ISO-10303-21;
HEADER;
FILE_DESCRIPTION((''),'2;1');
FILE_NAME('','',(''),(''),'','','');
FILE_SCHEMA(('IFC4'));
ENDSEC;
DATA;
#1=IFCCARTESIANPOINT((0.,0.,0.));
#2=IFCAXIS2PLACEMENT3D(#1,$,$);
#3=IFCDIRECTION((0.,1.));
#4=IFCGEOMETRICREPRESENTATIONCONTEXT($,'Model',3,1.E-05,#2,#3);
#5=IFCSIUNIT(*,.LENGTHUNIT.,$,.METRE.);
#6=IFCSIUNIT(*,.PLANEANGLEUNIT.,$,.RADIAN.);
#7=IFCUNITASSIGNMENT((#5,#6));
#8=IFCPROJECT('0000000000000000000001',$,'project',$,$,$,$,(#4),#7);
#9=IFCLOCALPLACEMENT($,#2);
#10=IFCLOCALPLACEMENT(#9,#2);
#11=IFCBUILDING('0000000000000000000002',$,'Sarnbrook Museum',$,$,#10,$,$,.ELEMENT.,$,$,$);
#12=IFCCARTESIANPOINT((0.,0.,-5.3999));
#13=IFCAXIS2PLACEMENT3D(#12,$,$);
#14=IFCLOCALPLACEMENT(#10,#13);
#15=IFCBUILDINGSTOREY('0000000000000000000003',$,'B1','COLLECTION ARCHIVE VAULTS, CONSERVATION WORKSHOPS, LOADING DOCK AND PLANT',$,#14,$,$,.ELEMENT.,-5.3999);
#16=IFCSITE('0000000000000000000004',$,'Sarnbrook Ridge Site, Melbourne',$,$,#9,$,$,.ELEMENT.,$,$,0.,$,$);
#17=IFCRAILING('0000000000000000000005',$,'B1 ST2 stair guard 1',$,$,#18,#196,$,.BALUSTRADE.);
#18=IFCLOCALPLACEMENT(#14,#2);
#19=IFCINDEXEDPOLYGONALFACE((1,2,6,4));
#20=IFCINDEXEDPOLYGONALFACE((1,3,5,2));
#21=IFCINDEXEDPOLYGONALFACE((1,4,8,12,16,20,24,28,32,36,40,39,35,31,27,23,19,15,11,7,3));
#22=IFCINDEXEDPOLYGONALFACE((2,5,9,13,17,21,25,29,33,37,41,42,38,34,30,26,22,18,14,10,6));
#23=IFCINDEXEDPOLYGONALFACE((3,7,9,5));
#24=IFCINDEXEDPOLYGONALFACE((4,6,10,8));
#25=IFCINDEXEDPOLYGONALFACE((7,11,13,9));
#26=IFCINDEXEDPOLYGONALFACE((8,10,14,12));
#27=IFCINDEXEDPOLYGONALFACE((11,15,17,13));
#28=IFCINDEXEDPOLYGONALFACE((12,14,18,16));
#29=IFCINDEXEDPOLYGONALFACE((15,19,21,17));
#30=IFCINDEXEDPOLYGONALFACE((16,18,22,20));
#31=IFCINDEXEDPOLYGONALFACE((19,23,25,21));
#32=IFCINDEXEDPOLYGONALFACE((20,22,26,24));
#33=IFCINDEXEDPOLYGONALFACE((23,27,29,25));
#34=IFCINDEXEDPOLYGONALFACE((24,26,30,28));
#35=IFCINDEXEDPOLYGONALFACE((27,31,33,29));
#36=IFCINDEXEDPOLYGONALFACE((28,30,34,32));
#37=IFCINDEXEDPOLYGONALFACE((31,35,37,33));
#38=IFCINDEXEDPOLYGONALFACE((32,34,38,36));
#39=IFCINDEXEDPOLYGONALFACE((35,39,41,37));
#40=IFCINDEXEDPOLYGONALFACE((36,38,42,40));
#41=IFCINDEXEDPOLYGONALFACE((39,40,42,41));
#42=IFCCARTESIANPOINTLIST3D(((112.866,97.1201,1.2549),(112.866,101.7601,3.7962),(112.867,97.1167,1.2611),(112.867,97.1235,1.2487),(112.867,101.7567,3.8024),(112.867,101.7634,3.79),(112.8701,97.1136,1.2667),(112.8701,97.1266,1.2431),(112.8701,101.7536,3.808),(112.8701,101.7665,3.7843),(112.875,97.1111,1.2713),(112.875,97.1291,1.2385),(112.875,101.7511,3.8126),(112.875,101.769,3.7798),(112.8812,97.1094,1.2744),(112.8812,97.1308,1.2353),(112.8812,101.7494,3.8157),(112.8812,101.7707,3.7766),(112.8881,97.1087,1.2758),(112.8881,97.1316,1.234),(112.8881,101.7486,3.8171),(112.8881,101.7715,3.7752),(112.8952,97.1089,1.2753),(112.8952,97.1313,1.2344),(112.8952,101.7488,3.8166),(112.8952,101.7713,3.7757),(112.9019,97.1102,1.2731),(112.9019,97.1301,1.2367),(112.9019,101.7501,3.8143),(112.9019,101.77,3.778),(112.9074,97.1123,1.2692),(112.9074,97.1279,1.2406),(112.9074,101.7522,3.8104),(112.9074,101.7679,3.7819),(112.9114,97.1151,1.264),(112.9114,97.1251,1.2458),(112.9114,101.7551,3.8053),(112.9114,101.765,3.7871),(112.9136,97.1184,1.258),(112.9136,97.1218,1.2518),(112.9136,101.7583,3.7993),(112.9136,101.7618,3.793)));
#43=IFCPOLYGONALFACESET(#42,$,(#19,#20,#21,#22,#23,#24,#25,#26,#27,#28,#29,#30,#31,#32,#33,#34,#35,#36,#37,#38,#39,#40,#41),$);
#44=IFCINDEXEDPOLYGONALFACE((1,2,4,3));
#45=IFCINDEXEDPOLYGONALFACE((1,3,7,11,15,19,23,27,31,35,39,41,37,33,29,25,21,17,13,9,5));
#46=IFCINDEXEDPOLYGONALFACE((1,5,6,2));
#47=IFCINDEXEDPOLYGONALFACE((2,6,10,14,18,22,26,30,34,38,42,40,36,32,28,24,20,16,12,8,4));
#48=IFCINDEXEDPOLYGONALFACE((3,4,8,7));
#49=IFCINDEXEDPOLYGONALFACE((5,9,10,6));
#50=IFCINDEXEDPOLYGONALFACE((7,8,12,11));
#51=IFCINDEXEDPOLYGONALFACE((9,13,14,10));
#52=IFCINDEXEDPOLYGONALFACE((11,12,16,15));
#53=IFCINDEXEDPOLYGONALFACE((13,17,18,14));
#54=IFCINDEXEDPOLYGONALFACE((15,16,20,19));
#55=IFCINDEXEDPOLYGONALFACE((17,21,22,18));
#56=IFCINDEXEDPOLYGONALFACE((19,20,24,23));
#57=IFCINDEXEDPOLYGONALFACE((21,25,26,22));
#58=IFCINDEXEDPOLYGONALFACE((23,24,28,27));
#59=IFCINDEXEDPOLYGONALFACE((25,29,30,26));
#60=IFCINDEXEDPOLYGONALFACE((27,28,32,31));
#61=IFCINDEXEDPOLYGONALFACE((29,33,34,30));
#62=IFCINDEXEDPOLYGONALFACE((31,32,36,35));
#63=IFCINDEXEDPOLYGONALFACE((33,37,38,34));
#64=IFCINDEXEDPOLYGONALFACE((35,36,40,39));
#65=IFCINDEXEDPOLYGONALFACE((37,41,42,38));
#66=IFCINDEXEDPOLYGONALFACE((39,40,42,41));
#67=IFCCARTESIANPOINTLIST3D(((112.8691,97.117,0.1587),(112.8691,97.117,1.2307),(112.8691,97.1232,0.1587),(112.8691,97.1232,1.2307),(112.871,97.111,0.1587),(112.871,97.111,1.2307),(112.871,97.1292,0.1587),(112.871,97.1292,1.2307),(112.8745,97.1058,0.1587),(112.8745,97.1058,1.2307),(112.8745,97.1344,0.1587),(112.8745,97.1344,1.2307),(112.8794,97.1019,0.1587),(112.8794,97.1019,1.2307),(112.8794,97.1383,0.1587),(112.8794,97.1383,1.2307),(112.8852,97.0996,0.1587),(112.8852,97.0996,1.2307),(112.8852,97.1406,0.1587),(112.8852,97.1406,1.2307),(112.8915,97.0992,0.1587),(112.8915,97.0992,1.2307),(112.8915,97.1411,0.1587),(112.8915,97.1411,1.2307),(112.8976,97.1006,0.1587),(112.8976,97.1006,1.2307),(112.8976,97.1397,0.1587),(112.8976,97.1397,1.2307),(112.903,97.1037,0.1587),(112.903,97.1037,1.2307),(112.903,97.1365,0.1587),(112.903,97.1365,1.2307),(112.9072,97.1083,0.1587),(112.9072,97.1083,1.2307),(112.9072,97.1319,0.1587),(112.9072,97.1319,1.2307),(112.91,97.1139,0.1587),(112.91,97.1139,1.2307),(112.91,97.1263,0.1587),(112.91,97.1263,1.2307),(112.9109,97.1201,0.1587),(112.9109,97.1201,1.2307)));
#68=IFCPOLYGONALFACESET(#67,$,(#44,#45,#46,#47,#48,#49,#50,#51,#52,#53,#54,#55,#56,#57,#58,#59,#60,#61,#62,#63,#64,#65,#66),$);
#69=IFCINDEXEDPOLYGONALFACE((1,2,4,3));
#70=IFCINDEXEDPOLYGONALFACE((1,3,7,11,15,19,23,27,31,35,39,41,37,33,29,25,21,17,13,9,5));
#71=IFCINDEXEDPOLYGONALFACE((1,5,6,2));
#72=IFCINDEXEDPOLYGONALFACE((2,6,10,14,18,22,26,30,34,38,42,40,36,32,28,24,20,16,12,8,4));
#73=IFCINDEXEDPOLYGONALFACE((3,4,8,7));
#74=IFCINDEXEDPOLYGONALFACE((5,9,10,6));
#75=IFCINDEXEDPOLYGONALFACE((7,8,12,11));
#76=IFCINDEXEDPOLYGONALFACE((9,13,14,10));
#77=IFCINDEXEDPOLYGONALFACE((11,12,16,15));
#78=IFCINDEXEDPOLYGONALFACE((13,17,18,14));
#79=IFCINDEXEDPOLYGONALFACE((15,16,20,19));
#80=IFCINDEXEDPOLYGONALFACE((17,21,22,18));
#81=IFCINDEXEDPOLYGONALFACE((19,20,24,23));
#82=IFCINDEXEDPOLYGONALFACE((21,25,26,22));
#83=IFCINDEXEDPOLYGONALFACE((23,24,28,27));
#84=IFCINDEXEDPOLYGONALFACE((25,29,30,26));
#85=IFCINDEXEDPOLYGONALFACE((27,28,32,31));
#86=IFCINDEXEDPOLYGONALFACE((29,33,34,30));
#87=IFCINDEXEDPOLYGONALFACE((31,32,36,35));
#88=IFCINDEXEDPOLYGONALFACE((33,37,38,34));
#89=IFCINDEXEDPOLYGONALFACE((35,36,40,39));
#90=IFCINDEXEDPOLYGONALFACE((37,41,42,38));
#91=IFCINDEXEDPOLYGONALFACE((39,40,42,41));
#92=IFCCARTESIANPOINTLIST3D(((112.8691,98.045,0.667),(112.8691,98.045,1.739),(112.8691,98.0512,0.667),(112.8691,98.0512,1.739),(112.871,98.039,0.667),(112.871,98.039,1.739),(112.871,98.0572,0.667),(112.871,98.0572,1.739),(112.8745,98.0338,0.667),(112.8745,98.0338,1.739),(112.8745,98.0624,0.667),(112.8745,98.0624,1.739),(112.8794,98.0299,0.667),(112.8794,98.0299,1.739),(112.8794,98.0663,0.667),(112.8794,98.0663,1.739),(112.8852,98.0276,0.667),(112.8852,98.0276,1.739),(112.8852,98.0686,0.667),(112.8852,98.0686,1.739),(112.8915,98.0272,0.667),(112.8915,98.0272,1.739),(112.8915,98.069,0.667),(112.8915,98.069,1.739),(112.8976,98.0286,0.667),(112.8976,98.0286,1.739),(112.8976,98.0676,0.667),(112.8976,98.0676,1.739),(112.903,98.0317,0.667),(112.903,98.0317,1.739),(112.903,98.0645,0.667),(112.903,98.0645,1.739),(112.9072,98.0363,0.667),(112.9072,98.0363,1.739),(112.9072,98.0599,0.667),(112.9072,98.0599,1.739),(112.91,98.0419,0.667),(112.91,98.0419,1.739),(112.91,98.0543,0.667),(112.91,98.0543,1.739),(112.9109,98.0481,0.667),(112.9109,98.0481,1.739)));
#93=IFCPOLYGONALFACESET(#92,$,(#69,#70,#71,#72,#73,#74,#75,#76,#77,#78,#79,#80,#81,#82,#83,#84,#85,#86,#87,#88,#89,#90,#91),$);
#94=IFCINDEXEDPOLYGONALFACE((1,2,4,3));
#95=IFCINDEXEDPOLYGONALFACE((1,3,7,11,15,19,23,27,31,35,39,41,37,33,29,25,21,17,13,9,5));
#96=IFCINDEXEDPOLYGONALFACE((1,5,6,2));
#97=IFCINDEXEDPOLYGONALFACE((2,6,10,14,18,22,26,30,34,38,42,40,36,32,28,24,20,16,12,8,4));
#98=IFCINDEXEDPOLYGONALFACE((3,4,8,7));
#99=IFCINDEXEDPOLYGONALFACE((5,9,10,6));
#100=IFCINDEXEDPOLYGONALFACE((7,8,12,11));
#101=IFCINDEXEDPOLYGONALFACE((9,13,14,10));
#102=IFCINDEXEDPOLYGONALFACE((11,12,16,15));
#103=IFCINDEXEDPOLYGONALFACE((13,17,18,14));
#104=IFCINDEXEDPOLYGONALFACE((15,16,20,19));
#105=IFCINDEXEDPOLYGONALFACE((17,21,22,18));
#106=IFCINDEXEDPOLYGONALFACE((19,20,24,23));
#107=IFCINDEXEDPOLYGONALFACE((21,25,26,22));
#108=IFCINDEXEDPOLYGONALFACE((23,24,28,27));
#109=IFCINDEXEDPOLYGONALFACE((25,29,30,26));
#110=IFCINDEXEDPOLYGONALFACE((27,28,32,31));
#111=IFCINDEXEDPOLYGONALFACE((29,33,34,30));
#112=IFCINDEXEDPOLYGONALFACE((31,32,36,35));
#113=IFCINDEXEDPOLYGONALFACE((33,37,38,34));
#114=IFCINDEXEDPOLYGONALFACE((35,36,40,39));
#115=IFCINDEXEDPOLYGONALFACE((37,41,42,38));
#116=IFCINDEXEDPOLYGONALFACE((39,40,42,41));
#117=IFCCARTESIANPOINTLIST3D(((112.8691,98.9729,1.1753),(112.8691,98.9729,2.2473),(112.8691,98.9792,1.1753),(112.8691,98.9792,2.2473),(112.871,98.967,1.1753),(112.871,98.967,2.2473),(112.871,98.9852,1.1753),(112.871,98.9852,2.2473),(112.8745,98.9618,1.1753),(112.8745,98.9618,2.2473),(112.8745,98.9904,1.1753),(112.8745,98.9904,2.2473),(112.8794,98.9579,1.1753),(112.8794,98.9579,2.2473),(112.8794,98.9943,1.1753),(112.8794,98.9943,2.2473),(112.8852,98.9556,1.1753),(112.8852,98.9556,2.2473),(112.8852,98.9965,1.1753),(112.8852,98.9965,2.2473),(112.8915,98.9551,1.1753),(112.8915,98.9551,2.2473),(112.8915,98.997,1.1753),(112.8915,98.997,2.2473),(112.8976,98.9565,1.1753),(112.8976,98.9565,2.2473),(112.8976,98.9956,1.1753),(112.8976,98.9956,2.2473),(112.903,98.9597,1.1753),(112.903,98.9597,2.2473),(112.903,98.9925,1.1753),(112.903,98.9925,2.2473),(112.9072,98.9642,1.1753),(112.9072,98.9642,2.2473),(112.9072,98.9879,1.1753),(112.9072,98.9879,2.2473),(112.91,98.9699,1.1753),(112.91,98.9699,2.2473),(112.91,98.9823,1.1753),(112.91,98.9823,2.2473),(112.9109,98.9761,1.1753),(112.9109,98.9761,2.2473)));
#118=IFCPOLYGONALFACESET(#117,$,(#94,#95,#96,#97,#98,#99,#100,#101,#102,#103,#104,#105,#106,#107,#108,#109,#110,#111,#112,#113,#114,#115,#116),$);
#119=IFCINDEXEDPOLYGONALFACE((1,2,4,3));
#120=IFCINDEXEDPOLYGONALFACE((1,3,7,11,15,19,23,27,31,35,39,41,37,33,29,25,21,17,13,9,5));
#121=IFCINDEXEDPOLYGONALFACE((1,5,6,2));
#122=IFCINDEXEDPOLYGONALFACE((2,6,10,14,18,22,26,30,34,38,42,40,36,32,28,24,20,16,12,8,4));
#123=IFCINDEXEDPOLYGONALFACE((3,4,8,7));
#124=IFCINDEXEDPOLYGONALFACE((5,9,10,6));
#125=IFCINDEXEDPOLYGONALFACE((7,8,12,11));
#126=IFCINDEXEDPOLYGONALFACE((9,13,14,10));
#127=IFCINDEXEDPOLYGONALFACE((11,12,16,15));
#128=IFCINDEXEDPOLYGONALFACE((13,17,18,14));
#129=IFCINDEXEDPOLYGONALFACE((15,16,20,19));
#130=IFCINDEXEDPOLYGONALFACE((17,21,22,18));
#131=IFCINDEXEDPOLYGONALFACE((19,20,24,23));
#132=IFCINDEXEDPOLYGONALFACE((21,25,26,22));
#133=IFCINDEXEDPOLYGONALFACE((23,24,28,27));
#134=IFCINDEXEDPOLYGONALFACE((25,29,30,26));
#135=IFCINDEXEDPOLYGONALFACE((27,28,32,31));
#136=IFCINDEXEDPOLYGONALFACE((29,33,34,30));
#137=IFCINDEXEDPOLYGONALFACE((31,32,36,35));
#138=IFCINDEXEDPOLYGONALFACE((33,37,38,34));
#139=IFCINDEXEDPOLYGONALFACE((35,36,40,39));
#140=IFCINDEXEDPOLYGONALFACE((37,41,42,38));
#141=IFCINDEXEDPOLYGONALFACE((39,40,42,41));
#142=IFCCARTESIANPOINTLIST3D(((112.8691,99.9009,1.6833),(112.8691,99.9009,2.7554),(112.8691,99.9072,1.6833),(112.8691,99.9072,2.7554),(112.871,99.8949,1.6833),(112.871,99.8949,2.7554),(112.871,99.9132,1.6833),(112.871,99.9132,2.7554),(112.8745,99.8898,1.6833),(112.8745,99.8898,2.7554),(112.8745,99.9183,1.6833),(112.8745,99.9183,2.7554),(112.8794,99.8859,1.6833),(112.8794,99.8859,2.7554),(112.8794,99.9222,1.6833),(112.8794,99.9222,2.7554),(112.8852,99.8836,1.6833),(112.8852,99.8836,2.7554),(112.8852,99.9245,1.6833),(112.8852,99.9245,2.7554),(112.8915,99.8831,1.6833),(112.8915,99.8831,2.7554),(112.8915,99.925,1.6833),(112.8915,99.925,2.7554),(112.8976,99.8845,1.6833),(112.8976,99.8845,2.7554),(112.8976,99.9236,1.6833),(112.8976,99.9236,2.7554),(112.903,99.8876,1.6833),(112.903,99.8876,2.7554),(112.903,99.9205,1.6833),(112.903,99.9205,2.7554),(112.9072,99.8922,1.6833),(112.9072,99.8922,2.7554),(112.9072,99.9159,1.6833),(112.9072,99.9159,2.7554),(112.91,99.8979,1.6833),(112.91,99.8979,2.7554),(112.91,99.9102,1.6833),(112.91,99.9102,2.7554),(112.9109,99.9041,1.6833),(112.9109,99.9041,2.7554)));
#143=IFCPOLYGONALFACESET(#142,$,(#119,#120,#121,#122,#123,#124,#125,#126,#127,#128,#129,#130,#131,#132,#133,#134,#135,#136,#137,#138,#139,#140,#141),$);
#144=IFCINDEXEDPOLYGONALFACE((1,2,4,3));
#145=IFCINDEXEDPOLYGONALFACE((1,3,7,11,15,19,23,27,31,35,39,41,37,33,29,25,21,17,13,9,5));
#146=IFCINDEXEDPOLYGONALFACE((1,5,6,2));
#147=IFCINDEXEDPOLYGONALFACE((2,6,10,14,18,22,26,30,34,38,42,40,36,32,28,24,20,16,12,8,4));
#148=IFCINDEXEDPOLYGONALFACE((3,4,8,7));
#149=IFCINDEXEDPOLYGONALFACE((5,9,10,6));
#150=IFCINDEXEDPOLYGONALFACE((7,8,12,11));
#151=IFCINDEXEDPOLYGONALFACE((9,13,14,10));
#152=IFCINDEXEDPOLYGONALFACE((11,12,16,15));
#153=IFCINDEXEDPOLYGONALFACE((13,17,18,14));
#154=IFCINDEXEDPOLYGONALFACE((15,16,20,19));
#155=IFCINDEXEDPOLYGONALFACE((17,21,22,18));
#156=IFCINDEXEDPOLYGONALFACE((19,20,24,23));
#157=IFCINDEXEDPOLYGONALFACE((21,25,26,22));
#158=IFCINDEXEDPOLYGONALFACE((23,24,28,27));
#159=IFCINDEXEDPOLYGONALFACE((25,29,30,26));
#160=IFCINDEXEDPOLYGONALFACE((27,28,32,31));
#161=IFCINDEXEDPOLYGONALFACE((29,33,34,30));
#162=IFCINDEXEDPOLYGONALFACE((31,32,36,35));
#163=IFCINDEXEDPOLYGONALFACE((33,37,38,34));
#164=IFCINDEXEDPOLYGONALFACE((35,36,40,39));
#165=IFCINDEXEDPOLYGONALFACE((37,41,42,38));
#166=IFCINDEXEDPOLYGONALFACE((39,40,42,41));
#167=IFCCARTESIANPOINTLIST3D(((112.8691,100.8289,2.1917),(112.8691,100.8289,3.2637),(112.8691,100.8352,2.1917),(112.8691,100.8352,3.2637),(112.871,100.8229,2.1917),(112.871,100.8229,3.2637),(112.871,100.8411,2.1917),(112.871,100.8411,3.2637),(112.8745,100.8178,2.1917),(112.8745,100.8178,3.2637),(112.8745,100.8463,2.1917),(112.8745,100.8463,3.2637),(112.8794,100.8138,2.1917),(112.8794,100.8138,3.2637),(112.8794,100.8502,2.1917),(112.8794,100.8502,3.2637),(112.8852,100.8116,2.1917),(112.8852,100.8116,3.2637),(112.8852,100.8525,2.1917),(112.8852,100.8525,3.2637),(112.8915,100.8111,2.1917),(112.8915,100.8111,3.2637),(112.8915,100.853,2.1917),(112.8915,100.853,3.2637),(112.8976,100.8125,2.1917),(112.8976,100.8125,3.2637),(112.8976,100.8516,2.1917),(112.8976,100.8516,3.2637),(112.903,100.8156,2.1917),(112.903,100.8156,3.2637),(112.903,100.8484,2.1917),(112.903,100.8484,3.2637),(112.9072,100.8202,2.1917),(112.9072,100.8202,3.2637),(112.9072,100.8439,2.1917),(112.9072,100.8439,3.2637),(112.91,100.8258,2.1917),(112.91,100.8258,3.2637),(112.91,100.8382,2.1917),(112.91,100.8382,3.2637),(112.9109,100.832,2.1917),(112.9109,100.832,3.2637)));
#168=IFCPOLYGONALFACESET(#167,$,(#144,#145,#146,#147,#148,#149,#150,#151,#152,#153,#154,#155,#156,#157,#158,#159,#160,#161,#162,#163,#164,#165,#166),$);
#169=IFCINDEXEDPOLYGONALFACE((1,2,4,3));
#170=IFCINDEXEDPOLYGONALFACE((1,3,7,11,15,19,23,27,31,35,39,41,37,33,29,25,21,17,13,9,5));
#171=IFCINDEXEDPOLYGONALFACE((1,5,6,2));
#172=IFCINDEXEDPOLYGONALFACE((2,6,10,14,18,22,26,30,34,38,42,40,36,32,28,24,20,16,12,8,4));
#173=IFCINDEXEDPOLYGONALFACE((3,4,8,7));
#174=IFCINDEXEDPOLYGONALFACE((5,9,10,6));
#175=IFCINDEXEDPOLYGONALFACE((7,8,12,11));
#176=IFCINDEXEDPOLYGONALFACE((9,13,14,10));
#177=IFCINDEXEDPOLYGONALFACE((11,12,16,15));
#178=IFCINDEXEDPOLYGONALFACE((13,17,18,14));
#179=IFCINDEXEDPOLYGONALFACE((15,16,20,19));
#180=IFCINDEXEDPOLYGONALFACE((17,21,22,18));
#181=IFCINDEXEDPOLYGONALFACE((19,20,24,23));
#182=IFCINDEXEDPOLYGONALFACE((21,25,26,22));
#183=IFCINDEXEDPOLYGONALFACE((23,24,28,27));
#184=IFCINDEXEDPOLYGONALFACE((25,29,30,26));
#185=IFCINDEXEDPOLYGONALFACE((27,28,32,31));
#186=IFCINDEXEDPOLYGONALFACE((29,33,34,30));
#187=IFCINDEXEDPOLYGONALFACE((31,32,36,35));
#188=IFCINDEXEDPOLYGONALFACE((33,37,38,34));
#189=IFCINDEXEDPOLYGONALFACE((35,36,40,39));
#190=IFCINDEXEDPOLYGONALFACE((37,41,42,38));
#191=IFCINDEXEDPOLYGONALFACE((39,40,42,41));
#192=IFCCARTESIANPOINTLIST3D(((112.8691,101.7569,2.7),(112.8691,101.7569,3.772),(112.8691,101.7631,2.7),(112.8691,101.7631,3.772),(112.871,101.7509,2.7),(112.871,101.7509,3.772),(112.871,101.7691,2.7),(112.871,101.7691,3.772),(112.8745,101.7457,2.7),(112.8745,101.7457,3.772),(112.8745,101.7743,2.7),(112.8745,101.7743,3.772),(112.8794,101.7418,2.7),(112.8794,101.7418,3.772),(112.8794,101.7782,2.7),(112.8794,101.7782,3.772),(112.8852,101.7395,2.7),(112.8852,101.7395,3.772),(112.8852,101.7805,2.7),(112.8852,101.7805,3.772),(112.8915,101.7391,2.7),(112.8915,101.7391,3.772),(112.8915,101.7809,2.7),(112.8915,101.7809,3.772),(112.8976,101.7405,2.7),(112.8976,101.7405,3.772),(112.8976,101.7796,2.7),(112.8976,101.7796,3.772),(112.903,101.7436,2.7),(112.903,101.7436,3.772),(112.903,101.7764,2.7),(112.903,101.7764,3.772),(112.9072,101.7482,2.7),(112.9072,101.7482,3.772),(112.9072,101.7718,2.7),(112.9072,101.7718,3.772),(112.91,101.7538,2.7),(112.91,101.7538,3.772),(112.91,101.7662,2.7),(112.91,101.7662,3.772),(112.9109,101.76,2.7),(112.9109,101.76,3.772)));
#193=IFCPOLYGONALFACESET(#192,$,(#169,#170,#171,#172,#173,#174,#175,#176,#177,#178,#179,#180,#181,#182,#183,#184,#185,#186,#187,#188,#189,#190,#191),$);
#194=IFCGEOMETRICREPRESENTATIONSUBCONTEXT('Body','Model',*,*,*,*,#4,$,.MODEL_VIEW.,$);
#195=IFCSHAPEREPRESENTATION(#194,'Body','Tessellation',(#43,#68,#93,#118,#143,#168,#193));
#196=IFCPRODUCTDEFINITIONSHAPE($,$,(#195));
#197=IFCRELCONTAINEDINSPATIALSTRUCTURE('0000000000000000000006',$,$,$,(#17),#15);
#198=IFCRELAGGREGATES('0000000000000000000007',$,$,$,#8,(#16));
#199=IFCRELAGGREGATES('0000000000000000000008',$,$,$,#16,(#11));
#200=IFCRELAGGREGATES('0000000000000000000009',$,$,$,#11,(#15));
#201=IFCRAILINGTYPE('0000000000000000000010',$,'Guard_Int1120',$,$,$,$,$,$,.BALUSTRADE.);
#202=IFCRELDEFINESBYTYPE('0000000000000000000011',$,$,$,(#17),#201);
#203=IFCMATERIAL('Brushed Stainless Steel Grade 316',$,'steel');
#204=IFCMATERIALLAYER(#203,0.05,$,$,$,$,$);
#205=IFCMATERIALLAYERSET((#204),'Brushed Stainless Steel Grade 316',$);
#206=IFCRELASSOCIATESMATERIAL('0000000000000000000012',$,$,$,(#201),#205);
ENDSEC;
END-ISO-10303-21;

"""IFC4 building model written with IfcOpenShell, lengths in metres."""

from ifc_helpers import new_model, si_unit, direction, frame, origin, origin_2d, place, context, subcontext, project, spatial, circle, extrude, material, layer, layer_set, type_object, element, save


model = new_model("IFC4")

# Units and contexts
model_context = context("Model", 3, precision=1e-05, world=origin(), true_north=direction((0.0, 1.0)))
body_context = subcontext(model_context, "Body", "Model", "MODEL_VIEW")
ifc_project = project(units=[si_unit("LENGTHUNIT", "METRE"), si_unit("PLANEANGLEUNIT", "RADIAN")], contexts=[model_context])

# Site, building, storey
site_placement = place(None, origin())
site = spatial("IfcSite", under=ifc_project, at=site_placement, Name="Sarnbrook Ridge Site, Melbourne", CompositionType="ELEMENT", RefElevation=0.0)
building_placement = place(site_placement, origin())
building = spatial("IfcBuilding", under=site, at=building_placement, Name="Sarnbrook Museum", CompositionType="ELEMENT")
storey_placement = place(building_placement, frame((0.0, 0.0, -5.3999)))
storey = spatial("IfcBuildingStorey", under=building, at=storey_placement, Name="B1", Description="COLLECTION ARCHIVE VAULTS, CONSERVATION WORKSHOPS, LOADING DOCK AND PLANT", CompositionType="ELEMENT", Elevation=-5.3999)

# Railing
ifc_material_1 = material(Name="Brushed Stainless Steel Grade 316", Category="steel")
ifc_layer_1 = layer(ifc_material_1, 0.05)
ifc_layer_set_1 = layer_set([ifc_layer_1], Name="Brushed Stainless Steel Grade 316")
railing_type = type_object("IfcRailingType", Name="Guard_Int1120", PredefinedType="BALUSTRADE", material=ifc_layer_set_1)
railing_1_placement = place(storey_placement, frame((112.8899, 97.1201, 0.1587)))
element("IfcRailing", 1, at=railing_1_placement, inside=storey, type_object=railing_type, Name="B1 ST2 stair guard 1", PredefinedType="BALUSTRADE", context=body_context, shape_type="SweptSolid", body=[
    extrude(circle(Radius=0.0239, at=origin_2d()), frame((0.0, 0.0, 1.0962), z_axis=(0.0, 0.877067, 0.480368), x_axis=(-1.0, 0.0, 0.0)), (0.0, 0.0, 1.0), 5.2903),
    extrude(circle(Radius=0.021, at=origin_2d()), origin(), (0.0, 0.0, 1.0), 1.072),
    extrude(circle(Radius=0.021, at=origin_2d()), frame((0.0, 0.928, 0.5083)), (0.0, 0.0, 1.0), 1.072),
    extrude(circle(Radius=0.021, at=origin_2d()), frame((0.0, 1.856, 1.0166)), (0.0, 0.0, 1.0), 1.072),
    extrude(circle(Radius=0.021, at=origin_2d()), frame((0.0, 2.7839, 1.5247)), (0.0, 0.0, 1.0), 1.072),
    extrude(circle(Radius=0.021, at=origin_2d()), frame((0.0, 3.7119, 2.033)), (0.0, 0.0, 1.0), 1.072),
    extrude(circle(Radius=0.021, at=origin_2d()), frame((0.0, 4.6399, 2.5413)), (0.0, 0.0, 1.0), 1.072),
])

save(model, "model.ifc")
